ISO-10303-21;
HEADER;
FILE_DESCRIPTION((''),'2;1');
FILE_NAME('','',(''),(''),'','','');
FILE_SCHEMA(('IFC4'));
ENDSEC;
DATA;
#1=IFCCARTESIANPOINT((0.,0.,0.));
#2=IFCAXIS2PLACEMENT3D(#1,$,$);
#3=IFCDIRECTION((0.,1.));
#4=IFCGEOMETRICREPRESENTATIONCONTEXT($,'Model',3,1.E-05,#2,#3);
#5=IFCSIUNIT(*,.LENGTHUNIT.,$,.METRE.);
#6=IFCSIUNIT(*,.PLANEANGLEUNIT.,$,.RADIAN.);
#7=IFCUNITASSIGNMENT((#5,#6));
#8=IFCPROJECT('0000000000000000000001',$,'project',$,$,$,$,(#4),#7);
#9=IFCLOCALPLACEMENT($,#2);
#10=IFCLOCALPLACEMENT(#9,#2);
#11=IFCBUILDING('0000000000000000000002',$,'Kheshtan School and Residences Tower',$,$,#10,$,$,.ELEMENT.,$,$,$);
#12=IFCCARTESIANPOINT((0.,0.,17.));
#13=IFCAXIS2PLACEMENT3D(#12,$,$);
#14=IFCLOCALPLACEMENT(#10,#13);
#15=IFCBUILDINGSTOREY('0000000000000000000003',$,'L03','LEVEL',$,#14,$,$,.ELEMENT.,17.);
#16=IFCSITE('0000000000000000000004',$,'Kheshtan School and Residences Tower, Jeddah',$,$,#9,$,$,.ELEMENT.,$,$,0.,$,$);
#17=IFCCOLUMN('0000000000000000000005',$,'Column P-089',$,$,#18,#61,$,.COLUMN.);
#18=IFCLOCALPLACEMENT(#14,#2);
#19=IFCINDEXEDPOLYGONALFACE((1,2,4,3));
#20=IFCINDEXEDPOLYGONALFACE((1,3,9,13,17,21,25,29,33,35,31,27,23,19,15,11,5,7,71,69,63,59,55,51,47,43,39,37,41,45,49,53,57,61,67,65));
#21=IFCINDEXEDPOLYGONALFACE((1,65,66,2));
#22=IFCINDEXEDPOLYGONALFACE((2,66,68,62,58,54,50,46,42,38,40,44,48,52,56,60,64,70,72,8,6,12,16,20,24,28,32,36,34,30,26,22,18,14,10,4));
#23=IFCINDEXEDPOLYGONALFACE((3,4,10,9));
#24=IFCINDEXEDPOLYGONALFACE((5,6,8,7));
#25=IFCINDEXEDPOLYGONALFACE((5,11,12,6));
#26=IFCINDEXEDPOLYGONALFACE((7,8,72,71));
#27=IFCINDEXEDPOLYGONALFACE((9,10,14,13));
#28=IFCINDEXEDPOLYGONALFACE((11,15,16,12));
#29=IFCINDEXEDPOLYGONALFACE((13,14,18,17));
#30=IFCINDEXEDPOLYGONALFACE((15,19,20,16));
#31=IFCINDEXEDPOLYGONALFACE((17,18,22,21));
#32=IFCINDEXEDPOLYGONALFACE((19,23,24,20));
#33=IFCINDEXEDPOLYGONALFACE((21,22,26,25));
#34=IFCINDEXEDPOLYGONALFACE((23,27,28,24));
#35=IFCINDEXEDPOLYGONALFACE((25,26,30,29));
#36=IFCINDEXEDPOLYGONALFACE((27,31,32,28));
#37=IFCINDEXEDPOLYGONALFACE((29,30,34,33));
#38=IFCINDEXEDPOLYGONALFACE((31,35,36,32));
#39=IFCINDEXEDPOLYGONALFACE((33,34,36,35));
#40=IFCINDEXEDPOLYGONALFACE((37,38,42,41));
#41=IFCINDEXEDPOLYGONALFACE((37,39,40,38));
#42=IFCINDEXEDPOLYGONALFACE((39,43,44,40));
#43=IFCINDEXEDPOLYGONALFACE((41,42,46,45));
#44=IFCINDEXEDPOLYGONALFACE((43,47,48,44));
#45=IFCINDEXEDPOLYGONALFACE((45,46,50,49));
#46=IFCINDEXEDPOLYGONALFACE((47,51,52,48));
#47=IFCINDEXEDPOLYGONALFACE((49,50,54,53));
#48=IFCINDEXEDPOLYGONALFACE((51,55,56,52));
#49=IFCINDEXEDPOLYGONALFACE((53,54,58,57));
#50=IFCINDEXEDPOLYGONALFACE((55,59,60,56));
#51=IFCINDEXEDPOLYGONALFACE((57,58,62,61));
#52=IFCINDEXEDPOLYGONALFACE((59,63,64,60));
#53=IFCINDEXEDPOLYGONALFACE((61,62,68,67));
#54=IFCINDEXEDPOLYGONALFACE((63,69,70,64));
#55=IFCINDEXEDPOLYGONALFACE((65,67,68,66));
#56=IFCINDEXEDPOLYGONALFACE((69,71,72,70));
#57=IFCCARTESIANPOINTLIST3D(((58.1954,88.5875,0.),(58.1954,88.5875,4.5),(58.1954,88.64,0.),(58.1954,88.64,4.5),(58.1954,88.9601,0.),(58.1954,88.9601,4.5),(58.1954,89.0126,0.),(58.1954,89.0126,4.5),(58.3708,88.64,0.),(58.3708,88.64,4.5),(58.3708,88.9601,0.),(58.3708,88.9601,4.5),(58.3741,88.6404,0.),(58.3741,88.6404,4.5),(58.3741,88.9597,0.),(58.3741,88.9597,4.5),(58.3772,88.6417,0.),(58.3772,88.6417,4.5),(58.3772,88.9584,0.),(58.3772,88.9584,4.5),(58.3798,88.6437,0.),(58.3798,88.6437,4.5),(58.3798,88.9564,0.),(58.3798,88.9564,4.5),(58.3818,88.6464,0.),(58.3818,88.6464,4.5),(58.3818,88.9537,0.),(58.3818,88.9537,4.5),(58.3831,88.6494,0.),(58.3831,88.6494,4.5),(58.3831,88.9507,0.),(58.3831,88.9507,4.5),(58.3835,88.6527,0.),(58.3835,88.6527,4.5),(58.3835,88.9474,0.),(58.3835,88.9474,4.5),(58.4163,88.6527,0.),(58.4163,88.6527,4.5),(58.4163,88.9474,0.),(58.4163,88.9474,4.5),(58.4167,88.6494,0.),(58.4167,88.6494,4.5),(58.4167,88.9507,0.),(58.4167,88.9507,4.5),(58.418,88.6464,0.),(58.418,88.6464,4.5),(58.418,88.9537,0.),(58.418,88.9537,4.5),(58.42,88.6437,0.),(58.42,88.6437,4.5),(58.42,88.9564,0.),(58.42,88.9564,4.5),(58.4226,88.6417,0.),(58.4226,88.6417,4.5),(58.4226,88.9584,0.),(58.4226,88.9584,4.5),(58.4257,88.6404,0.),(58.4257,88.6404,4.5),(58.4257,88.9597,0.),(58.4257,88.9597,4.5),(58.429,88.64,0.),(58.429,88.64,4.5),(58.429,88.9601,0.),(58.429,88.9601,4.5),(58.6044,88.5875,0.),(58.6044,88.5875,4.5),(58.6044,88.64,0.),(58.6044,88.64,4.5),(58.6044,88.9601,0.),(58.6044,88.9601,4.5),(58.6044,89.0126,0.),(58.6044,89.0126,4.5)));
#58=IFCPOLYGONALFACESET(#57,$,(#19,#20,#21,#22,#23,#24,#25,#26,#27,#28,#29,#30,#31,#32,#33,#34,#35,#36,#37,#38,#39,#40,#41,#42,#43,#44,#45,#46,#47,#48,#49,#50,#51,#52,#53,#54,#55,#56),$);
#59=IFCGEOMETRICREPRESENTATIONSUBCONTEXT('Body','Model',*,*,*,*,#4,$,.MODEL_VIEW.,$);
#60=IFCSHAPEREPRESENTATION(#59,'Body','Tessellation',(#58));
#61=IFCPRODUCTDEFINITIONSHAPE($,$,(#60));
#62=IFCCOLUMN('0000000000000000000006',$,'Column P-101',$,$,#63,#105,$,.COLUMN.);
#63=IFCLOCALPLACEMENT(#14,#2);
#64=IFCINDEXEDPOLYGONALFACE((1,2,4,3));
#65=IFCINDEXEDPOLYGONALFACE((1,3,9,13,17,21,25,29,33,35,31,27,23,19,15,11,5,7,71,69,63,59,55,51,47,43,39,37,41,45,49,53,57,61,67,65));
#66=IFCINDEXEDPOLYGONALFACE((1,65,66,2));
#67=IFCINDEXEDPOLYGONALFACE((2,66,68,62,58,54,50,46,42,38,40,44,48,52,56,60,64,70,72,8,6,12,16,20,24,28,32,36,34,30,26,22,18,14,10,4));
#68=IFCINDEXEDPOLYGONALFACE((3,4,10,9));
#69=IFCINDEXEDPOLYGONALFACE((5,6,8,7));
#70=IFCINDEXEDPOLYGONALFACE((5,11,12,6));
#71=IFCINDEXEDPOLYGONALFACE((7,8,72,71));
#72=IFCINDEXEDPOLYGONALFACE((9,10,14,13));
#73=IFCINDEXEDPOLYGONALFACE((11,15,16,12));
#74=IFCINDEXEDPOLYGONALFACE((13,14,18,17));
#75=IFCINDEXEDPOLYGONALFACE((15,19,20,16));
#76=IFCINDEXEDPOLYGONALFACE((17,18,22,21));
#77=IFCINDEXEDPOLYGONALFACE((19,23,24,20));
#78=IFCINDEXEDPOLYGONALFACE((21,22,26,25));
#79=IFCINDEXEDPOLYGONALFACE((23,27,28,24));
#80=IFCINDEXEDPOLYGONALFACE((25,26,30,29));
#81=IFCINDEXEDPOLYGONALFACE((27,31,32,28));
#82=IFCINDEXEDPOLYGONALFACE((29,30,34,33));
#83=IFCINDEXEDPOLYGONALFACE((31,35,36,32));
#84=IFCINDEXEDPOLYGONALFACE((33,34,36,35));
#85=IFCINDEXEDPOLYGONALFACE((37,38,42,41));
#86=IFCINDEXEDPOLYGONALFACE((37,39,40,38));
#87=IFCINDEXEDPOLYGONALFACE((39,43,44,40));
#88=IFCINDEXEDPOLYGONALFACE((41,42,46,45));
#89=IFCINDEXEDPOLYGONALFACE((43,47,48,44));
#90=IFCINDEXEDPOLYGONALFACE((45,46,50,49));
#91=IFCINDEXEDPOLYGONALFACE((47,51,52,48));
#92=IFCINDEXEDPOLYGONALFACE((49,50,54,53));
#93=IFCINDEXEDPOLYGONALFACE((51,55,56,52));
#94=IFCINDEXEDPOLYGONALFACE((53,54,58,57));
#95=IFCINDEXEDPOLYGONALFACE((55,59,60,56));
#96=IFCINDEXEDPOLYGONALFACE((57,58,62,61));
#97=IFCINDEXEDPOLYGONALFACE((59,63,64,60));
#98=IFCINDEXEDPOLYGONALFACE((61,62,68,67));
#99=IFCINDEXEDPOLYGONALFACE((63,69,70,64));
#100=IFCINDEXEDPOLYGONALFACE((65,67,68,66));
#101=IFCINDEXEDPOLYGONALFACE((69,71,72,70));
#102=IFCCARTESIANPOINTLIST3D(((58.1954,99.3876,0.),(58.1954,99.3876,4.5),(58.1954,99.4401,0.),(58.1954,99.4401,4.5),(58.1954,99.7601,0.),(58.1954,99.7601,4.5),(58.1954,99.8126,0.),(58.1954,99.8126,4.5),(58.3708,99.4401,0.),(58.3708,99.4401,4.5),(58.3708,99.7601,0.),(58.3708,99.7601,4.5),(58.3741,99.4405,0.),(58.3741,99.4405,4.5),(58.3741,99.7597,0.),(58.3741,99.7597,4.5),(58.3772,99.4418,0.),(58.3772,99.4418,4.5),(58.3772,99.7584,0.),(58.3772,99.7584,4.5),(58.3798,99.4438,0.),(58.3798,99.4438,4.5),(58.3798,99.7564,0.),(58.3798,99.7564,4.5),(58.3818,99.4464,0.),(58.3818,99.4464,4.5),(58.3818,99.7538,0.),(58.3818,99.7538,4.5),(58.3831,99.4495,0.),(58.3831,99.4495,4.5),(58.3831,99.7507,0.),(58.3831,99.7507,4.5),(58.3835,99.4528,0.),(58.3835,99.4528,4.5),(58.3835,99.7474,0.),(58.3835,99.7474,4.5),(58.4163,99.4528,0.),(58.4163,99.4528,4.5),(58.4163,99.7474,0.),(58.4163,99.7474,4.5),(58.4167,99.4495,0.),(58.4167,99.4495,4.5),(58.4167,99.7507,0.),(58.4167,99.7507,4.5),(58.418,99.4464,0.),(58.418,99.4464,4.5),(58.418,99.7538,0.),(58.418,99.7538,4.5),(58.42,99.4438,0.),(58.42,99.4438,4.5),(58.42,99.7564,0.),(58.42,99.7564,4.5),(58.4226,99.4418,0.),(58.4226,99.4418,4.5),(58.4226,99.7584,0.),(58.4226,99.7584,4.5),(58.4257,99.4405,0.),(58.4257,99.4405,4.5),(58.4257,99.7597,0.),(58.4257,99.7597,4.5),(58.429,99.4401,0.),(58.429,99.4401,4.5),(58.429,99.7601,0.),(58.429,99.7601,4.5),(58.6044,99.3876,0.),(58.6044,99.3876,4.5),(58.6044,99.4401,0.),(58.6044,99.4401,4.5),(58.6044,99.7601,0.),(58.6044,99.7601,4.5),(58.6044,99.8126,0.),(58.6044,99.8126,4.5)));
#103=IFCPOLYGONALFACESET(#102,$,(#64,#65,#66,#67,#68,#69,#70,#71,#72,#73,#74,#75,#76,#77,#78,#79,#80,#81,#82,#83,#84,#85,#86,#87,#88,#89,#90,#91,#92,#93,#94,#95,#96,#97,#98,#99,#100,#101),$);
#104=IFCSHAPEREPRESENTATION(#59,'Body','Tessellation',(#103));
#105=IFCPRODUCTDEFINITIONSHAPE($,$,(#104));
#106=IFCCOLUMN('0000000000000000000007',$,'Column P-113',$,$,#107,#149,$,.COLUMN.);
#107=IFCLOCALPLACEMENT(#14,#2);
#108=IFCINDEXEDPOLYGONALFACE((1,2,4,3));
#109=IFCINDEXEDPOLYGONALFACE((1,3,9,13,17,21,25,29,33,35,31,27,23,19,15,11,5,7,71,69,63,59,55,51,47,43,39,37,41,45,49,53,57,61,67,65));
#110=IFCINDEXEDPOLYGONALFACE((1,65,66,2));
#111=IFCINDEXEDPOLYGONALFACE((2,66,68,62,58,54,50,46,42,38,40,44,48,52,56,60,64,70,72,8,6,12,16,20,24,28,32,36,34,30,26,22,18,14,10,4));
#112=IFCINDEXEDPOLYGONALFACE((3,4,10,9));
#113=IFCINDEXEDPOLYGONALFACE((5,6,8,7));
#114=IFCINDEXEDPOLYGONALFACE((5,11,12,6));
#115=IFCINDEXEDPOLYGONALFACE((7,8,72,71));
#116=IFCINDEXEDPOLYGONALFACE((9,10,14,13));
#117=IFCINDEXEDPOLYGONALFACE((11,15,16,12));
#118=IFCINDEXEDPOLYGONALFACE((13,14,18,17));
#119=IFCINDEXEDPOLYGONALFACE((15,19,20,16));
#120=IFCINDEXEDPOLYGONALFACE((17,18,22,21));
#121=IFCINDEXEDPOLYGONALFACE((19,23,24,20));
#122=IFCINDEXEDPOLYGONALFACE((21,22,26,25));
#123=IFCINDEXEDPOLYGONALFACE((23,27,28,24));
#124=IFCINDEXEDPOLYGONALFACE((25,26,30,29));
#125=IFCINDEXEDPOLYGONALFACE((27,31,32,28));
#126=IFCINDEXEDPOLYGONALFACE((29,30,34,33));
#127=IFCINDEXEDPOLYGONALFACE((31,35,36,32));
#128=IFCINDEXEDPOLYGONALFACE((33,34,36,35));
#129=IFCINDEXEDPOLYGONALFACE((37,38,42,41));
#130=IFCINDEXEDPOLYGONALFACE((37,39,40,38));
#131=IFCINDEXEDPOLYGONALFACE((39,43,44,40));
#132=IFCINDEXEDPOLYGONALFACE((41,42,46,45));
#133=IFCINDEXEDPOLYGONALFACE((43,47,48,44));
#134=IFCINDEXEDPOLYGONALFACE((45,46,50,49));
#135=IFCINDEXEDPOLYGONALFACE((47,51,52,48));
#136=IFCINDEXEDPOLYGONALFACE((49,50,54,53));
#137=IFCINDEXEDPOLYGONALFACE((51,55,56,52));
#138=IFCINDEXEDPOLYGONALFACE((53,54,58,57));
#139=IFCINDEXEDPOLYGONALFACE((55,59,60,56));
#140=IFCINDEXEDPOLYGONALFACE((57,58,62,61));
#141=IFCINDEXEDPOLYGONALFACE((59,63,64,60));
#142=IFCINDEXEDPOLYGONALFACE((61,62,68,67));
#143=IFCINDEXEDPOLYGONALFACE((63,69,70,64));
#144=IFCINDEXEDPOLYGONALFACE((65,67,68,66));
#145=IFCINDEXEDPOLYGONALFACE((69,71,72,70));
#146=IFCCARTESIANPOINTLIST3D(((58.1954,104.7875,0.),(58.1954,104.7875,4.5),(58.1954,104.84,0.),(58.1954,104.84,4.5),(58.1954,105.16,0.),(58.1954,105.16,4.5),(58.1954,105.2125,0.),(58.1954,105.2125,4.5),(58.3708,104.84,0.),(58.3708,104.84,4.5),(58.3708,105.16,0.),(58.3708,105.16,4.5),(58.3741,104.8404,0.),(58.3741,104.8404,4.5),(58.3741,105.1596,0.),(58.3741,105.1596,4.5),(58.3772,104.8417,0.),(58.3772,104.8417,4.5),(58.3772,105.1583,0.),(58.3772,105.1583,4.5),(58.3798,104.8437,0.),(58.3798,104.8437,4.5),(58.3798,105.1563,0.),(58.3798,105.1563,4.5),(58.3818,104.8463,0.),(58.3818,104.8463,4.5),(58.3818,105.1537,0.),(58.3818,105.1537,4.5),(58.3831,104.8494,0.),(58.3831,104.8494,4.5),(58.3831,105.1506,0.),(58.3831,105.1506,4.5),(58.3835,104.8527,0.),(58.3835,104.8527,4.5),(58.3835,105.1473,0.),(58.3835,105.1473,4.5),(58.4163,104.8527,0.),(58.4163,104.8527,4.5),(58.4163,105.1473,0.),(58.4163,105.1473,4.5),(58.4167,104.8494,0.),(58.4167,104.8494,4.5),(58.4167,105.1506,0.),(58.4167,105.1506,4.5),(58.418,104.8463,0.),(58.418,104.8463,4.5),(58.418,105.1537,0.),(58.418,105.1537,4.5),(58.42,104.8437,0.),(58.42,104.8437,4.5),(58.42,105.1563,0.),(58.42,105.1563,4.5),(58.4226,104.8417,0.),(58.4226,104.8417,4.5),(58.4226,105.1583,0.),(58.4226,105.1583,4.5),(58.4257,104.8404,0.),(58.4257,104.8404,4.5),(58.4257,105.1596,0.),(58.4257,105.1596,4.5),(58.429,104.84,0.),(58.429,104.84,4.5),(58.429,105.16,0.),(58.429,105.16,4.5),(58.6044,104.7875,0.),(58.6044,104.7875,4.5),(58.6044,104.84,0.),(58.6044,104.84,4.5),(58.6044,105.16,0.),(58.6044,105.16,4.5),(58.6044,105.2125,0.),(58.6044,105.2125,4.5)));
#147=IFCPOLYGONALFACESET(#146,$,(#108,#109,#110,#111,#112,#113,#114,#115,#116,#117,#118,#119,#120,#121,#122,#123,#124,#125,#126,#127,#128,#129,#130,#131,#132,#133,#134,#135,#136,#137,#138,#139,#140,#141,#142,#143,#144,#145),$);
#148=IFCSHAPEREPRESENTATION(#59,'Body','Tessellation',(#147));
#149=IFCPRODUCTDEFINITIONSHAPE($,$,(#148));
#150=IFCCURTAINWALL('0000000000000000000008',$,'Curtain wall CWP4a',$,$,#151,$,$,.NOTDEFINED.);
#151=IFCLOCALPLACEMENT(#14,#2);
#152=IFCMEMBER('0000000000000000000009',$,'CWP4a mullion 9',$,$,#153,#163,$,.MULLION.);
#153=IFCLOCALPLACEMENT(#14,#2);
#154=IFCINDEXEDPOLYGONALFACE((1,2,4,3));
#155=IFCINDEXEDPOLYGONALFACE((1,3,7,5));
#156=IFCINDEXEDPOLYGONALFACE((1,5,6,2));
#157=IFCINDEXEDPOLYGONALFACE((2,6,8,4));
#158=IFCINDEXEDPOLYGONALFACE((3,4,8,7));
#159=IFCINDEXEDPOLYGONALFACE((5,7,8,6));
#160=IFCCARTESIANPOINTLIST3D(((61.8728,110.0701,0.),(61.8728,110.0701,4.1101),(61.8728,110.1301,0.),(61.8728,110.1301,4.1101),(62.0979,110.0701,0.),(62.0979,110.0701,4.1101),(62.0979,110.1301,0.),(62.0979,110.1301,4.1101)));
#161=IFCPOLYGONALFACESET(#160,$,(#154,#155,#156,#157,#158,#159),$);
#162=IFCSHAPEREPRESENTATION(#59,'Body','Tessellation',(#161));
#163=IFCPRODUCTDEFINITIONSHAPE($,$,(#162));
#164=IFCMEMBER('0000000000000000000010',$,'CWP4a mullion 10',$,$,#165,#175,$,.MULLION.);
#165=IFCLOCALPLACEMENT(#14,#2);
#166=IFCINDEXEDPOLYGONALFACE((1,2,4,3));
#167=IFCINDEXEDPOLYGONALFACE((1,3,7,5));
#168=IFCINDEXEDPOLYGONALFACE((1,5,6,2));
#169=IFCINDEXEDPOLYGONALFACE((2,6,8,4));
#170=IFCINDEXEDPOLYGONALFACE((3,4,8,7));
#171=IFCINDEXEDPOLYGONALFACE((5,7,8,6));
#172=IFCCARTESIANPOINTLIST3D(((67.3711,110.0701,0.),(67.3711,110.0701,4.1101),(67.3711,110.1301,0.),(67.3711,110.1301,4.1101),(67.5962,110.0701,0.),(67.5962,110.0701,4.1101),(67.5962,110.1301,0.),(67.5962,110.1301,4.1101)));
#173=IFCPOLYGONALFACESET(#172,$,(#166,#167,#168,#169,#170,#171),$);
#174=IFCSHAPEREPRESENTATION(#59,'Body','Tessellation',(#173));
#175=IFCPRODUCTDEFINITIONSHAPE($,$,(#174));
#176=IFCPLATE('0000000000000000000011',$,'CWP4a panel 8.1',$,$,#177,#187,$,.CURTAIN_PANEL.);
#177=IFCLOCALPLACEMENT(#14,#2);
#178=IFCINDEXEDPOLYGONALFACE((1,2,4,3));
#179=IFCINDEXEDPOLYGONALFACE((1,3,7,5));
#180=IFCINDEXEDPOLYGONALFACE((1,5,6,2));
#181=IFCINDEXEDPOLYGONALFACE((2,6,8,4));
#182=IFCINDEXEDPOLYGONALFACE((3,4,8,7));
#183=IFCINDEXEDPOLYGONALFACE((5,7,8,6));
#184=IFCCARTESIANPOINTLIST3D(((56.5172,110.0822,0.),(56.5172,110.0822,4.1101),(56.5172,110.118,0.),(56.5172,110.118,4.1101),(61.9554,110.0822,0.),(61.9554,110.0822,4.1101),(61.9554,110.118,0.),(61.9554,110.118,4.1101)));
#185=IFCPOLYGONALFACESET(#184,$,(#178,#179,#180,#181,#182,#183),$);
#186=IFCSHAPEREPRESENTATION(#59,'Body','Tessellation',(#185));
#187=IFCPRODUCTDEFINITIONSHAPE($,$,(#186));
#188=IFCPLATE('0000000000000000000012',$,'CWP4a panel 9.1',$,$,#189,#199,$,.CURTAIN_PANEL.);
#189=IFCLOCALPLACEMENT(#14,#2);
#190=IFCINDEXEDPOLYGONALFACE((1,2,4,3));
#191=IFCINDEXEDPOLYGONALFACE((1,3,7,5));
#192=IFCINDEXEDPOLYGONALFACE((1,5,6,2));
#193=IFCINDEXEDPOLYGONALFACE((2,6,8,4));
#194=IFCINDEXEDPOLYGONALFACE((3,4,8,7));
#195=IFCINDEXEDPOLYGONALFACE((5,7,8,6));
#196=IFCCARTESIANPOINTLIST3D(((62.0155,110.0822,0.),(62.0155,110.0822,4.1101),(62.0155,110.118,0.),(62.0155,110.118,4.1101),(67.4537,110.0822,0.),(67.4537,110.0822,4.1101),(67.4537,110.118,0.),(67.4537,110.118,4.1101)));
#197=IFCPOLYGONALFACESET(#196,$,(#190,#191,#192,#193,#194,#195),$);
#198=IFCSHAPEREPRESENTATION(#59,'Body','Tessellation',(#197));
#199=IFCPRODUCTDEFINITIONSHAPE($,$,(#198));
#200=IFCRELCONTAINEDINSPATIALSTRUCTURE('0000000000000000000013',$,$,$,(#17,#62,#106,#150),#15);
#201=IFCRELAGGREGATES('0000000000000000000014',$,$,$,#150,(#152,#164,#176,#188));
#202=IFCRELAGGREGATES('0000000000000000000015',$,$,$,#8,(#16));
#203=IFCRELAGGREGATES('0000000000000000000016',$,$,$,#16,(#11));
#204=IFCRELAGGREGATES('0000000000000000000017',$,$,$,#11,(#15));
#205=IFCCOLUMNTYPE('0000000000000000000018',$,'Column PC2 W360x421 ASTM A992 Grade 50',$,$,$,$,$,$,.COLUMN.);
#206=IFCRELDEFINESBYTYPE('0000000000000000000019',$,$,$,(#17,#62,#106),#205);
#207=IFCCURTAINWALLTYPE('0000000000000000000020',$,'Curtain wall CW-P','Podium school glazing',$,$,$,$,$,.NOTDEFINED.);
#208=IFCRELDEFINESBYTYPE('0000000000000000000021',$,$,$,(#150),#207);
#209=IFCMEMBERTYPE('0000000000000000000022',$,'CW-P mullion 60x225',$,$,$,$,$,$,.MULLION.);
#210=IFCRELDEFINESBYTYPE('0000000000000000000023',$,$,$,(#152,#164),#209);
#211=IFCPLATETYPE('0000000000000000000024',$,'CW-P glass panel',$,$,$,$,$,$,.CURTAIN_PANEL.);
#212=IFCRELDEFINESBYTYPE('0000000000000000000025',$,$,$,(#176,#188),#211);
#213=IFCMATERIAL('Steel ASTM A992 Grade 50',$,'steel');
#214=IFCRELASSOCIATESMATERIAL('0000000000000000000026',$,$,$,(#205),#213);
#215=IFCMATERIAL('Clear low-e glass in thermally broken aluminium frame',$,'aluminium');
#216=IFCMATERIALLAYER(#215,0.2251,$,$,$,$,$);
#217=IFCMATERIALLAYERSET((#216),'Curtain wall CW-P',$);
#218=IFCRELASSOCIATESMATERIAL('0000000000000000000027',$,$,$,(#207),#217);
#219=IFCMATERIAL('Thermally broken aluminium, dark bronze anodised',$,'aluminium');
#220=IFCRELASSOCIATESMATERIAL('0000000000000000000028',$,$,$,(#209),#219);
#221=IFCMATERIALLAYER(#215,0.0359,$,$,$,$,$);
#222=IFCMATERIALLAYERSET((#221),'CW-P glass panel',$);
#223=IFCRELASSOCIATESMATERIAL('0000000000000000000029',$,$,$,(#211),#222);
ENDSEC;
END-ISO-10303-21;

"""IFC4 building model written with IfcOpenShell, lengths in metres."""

from ifc_helpers import new_model, si_unit, direction, frame, origin, origin_2d, place, context, subcontext, project, spatial, rectangle, i_section, extrude, material, layer, layer_set, material_profile, profile_set, type_object, element, aggregate, save


model = new_model("IFC4")

# Units and contexts
model_context = context("Model", 3, precision=1e-05, world=origin(), true_north=direction((0.0, 1.0)))
body_context = subcontext(model_context, "Body", "Model", "MODEL_VIEW")
ifc_project = project(units=[si_unit("LENGTHUNIT", "METRE"), si_unit("PLANEANGLEUNIT", "RADIAN")], contexts=[model_context])

# Site, building, storey
site_placement = place(None, origin())
site = spatial("IfcSite", under=ifc_project, at=site_placement, Name="Kheshtan School and Residences Tower, Jeddah", CompositionType="ELEMENT", RefElevation=0.0)
building_placement = place(site_placement, origin())
building = spatial("IfcBuilding", under=site, at=building_placement, Name="Kheshtan School and Residences Tower", CompositionType="ELEMENT")
storey_placement = place(building_placement, frame((0.0, 0.0, 17.0)))
storey = spatial("IfcBuildingStorey", under=building, at=storey_placement, Name="L03", Description="LEVEL", CompositionType="ELEMENT", Elevation=17.0)

# Columns
ifc_material_1 = material(Name="Steel ASTM A992 Grade 50", Category="steel")
ifc_material_profile_1 = material_profile(ifc_material_1, i_section(OverallWidth=0.4089, OverallDepth=0.425, WebThickness=0.0327, FlangeThickness=0.0525, FilletRadius=0.0127, at=origin_2d()), Name="W360x421")
ifc_profile_set_1 = profile_set([ifc_material_profile_1], Name="Steel ASTM A992 Grade 50")
column_type = type_object("IfcColumnType", Name="Column PC2 W360x421 ASTM A992 Grade 50", PredefinedType="COLUMN", material=ifc_profile_set_1)
for number, where, z_axis, x_axis, name in (
    (1, (58.3999, 88.8, 0.0), (0.0, 0.0, 1.0), (1.0, 0.0, 0.0), "Column P-089"),
    (2, (58.3999, 99.6001, 0.0), (0.0, 0.0, 1.0), (1.0, 0.0, 0.0), "Column P-101"),
    (3, (58.3999, 105.0, 0.0), (0.0, 0.0, 1.0), (1.0, 0.0, 0.0), "Column P-113"),
):
    element("IfcColumn", number, at=place(storey_placement, frame(where, z_axis=z_axis, x_axis=x_axis)), inside=storey, type_object=column_type, Name=name, PredefinedType="COLUMN", context=body_context, shape_type="SweptSolid", body=[
        extrude(i_section(OverallWidth=0.4089, OverallDepth=0.425, WebThickness=0.0327, FlangeThickness=0.0525, FilletRadius=0.0127, at=origin_2d()), origin(), (0.0, 0.0, 1.0), 4.5),
    ])

# Curtain wall, members, plates
ifc_material_2 = material(Name="Clear low-e glass in thermally broken aluminium frame", Category="aluminium")
ifc_layer_1 = layer(ifc_material_2, 0.2251)
ifc_layer_set_1 = layer_set([ifc_layer_1], Name="Curtain wall CW-P")
curtain_wall_type = type_object("IfcCurtainWallType", Name="Curtain wall CW-P", Description="Podium school glazing", PredefinedType="NOTDEFINED", material=ifc_layer_set_1)
curtain_wall_placement = place(storey_placement, origin())
curtain_wall = element("IfcCurtainWall", 4, at=curtain_wall_placement, inside=storey, type_object=curtain_wall_type, Name="Curtain wall CWP4a", PredefinedType="NOTDEFINED")
ifc_material_3 = material(Name="Thermally broken aluminium, dark bronze anodised", Category="aluminium")
ifc_material_profile_2 = material_profile(ifc_material_3, rectangle(XDim=0.0601, YDim=0.2251, at=origin_2d()), Name="CW-P mullion 60x225")
ifc_profile_set_2 = profile_set([ifc_material_profile_2], Name="Thermally broken aluminium, dark bronze anodised")
member_type = type_object("IfcMemberType", Name="CW-P mullion 60x225", PredefinedType="MULLION", material=ifc_profile_set_2)
member_1_placement = place(storey_placement, frame((61.9854, 110.1001, 0.0), z_axis=(0.0, 0.0, 1.0), x_axis=(0.0, 1.0, 0.0)))
member_1 = element("IfcMember", 5, at=member_1_placement, type_object=member_type, Name="CWP4a mullion 9", PredefinedType="MULLION", context=body_context, shape_type="SweptSolid", body=[
    extrude(rectangle(XDim=0.0601, YDim=0.2251, at=origin_2d()), origin(), (0.0, 0.0, 1.0), 4.1101),
])
member_2_placement = place(storey_placement, frame((67.4836, 110.1001, 0.0), z_axis=(0.0, 0.0, 1.0), x_axis=(0.0, 1.0, 0.0)))
member_2 = element("IfcMember", 6, at=member_2_placement, type_object=member_type, Name="CWP4a mullion 10", PredefinedType="MULLION", context=body_context, shape_type="SweptSolid", body=[
    extrude(rectangle(XDim=0.0601, YDim=0.2251, at=origin_2d()), origin(), (0.0, 0.0, 1.0), 4.1101),
])
ifc_layer_2 = layer(ifc_material_2, 0.0359)
ifc_layer_set_2 = layer_set([ifc_layer_2], Name="CW-P glass panel")
plate_type = type_object("IfcPlateType", Name="CW-P glass panel", PredefinedType="CURTAIN_PANEL", material=ifc_layer_set_2)
plate_1_placement = place(storey_placement, frame((59.2363, 110.1001, 0.0), z_axis=(0.0, 0.0, 1.0), x_axis=(1.0, 0.0, 0.0)))
plate_1 = element("IfcPlate", 7, at=plate_1_placement, type_object=plate_type, Name="CWP4a panel 8.1", PredefinedType="CURTAIN_PANEL", context=body_context, shape_type="SweptSolid", body=[
    extrude(rectangle(XDim=5.4382, YDim=0.0359, at=origin_2d()), origin(), (0.0, 0.0, 1.0), 4.1101),
])
plate_2_placement = place(storey_placement, frame((64.7346, 110.1001, 0.0), z_axis=(0.0, 0.0, 1.0), x_axis=(1.0, 0.0, 0.0)))
plate_2 = element("IfcPlate", 8, at=plate_2_placement, type_object=plate_type, Name="CWP4a panel 9.1", PredefinedType="CURTAIN_PANEL", context=body_context, shape_type="SweptSolid", body=[
    extrude(rectangle(XDim=5.4382, YDim=0.0359, at=origin_2d()), origin(), (0.0, 0.0, 1.0), 4.1101),
])
aggregate(curtain_wall, [member_1, member_2, plate_1, plate_2])

save(model, "model.ifc")
